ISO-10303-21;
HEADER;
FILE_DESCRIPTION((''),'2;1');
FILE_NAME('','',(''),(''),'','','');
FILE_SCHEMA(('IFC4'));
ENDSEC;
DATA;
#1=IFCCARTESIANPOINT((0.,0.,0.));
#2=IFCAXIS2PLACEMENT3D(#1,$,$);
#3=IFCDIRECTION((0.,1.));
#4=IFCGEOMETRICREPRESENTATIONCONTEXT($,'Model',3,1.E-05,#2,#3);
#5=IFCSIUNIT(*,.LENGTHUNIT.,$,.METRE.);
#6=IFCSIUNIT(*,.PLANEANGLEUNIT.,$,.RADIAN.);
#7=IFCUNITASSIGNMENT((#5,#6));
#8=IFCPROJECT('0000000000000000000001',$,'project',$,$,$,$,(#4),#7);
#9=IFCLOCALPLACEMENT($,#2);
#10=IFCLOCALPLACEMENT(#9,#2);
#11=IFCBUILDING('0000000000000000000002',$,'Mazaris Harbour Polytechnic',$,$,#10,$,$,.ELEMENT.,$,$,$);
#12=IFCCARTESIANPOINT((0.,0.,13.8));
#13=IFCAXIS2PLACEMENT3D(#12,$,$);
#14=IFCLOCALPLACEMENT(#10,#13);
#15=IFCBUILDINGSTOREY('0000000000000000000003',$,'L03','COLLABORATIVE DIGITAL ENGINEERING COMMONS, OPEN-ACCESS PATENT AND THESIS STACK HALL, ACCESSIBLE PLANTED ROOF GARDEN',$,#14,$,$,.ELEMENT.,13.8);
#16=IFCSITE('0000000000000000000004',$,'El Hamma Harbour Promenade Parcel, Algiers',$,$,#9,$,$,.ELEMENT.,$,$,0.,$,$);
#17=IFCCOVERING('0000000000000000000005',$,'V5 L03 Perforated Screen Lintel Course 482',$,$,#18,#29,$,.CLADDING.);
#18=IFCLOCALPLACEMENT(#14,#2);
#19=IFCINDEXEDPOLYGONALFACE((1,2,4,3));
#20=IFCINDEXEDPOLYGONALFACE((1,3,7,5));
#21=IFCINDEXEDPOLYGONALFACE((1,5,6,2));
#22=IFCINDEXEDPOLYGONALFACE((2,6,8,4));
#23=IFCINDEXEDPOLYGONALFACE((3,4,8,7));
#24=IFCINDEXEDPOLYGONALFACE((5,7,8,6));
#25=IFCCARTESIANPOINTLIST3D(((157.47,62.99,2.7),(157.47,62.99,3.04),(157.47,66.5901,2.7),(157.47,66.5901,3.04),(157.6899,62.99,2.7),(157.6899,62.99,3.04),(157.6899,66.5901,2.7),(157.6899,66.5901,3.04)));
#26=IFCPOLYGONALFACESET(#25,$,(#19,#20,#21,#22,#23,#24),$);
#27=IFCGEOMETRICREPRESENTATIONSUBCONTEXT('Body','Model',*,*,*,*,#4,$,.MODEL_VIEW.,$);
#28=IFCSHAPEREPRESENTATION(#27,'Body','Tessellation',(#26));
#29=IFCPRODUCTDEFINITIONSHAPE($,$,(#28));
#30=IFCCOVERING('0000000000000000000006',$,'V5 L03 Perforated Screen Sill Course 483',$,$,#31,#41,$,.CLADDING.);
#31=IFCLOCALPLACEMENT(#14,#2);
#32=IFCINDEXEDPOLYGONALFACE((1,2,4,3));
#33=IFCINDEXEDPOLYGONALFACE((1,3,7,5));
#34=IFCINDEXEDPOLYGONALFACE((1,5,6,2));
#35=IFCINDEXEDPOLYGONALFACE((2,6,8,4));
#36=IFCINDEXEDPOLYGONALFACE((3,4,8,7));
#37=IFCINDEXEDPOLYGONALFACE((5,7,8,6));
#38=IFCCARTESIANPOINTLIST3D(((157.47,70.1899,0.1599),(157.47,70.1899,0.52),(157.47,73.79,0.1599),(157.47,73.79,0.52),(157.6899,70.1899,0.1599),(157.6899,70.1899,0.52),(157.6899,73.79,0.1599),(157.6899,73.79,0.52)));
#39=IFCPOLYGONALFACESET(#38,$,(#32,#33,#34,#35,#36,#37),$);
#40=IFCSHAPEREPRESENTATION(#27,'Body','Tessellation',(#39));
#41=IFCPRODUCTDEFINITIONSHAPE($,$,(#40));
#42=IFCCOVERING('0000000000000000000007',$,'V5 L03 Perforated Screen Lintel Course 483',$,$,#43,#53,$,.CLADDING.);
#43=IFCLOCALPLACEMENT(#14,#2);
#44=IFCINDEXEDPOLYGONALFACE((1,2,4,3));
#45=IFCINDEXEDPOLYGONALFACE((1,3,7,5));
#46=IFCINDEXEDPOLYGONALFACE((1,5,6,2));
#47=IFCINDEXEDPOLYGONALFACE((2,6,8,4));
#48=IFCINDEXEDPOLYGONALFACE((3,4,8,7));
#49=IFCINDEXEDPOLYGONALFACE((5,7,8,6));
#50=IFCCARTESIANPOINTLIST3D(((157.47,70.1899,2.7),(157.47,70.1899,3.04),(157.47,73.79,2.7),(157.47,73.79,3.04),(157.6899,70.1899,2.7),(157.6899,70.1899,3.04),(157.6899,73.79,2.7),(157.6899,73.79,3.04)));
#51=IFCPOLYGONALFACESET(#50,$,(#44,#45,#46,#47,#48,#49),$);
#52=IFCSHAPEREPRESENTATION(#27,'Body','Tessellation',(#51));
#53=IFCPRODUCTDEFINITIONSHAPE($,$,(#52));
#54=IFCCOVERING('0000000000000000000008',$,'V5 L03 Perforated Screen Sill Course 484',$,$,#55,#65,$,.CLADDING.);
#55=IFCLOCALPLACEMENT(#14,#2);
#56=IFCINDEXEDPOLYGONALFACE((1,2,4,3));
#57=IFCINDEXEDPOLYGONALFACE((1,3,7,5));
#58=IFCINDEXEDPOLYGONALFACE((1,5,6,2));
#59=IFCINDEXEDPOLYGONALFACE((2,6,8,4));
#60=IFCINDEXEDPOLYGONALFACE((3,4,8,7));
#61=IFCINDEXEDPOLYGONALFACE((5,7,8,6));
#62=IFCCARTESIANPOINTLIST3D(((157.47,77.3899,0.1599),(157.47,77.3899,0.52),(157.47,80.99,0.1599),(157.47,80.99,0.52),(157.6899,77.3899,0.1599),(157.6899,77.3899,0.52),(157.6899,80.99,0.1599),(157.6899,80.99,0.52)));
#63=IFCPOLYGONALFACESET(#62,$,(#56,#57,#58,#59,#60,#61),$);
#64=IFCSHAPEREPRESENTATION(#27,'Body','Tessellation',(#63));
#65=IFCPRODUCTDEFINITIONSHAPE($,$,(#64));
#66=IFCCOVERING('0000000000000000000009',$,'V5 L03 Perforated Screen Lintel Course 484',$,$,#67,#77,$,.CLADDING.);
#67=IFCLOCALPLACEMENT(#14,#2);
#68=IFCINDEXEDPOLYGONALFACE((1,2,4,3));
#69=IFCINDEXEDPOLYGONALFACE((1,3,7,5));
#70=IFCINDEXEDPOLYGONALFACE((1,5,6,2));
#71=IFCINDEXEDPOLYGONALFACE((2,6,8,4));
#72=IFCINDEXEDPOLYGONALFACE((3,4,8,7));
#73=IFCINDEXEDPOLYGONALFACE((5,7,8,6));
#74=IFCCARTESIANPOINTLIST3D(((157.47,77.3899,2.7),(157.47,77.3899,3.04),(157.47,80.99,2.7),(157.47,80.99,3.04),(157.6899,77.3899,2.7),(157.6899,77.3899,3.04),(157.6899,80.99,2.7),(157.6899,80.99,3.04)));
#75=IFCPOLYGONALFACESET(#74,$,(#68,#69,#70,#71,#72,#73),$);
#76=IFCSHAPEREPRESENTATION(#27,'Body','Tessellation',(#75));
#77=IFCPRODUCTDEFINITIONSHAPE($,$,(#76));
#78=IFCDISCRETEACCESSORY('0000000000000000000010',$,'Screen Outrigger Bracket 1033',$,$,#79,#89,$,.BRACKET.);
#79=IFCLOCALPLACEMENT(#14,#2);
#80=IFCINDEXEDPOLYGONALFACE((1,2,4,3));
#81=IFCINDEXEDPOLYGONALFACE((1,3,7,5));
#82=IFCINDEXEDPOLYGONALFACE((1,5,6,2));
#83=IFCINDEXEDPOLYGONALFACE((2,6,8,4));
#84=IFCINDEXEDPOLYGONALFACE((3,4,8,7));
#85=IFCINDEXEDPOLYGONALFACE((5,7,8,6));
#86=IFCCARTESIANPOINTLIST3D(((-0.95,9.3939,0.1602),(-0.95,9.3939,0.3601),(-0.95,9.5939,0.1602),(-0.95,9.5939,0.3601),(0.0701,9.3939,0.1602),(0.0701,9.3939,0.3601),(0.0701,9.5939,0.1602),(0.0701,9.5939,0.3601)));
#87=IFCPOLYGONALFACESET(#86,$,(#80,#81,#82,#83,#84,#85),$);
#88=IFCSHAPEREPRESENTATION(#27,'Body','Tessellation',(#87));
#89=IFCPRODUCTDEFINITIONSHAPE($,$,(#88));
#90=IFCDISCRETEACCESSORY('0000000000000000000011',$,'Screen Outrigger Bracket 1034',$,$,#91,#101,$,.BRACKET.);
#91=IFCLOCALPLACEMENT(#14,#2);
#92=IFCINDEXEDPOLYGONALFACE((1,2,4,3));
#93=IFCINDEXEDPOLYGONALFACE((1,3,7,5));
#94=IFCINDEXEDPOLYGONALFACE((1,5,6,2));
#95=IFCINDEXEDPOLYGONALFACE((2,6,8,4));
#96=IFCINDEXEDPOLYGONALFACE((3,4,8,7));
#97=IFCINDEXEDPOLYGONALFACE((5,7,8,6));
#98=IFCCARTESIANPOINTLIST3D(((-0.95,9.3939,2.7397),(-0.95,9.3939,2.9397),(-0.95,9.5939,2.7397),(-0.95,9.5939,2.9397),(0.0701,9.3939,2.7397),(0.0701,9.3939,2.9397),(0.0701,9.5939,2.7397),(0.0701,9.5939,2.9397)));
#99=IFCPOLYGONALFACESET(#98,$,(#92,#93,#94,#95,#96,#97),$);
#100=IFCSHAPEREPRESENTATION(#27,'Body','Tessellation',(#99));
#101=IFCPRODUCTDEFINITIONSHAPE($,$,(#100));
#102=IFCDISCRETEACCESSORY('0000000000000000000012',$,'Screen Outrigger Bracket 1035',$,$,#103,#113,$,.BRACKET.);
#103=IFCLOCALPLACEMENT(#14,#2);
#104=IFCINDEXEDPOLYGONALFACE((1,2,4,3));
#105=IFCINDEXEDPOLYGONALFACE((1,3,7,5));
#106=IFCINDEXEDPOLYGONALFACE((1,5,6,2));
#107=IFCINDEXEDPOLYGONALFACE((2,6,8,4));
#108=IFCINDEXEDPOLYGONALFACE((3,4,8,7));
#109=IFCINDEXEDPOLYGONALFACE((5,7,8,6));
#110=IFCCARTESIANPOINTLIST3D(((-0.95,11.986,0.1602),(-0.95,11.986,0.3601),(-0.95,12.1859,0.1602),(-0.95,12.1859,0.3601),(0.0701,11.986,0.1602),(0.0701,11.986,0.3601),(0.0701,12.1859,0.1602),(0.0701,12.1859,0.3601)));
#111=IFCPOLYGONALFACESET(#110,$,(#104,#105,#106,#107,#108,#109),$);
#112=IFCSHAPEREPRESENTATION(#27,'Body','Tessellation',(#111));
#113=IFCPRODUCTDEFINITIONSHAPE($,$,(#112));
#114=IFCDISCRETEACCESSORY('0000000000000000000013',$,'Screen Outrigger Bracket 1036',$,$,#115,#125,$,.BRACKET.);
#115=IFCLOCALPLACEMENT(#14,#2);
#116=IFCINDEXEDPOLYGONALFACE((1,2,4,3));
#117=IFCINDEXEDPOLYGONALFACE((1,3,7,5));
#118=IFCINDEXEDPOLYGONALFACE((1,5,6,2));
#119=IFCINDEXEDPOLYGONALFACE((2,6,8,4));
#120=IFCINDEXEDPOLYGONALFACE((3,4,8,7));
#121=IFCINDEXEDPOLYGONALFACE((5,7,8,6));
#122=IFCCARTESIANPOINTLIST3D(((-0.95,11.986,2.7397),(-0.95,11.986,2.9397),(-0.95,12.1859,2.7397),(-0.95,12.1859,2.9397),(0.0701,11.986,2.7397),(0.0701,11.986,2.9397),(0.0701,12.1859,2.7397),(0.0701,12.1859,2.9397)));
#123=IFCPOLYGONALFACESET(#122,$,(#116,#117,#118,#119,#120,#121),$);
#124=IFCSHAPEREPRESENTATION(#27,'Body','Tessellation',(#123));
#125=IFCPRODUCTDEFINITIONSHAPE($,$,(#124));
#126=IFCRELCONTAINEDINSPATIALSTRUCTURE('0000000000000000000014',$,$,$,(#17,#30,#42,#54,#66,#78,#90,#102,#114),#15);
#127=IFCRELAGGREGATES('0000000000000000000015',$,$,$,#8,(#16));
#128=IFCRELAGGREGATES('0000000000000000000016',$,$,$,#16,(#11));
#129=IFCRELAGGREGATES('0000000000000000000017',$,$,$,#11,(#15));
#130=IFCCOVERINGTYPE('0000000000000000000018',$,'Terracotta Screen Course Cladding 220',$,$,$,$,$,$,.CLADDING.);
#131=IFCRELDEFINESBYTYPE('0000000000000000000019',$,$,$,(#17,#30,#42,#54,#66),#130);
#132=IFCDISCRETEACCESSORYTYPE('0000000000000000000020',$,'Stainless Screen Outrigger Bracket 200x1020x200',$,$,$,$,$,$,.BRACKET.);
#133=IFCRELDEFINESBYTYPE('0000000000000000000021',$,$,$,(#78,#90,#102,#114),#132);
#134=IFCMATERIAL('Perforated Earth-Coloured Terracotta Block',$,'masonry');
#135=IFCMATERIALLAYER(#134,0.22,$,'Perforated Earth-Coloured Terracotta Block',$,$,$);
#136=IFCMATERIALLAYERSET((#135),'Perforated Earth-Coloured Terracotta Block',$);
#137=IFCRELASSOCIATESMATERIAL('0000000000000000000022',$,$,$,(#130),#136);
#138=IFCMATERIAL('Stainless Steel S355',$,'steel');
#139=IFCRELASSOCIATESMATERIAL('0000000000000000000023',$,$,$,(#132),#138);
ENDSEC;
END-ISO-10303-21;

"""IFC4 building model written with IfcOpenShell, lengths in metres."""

from ifc_helpers import new_model, si_unit, direction, frame, origin, origin_2d, place, context, subcontext, project, spatial, polyline, rectangle, outline, extrude, material, layer, layer_set, type_object, element, save


model = new_model("IFC4")

# Units and contexts
model_context = context("Model", 3, precision=1e-05, world=origin(), true_north=direction((0.0, 1.0)))
body_context = subcontext(model_context, "Body", "Model", "MODEL_VIEW")
ifc_project = project(units=[si_unit("LENGTHUNIT", "METRE"), si_unit("PLANEANGLEUNIT", "RADIAN")], contexts=[model_context])

# Site, building, storey
site_placement = place(None, origin())
site = spatial("IfcSite", under=ifc_project, at=site_placement, Name="El Hamma Harbour Promenade Parcel, Algiers", CompositionType="ELEMENT", RefElevation=0.0)
building_placement = place(site_placement, origin())
building = spatial("IfcBuilding", under=site, at=building_placement, Name="Mazaris Harbour Polytechnic", CompositionType="ELEMENT")
storey_placement = place(building_placement, frame((0.0, 0.0, 13.8)))
storey = spatial("IfcBuildingStorey", under=building, at=storey_placement, Name="L03", Description="COLLABORATIVE DIGITAL ENGINEERING COMMONS, OPEN-ACCESS PATENT AND THESIS STACK HALL, ACCESSIBLE PLANTED ROOF GARDEN", CompositionType="ELEMENT", Elevation=13.8)

# Coverings
ifc_material_1 = material(Name="Perforated Earth-Coloured Terracotta Block", Category="masonry")
ifc_layer_1 = layer(ifc_material_1, 0.22, Name="Perforated Earth-Coloured Terracotta Block")
ifc_layer_set_1 = layer_set([ifc_layer_1], Name="Perforated Earth-Coloured Terracotta Block")
covering_type_1 = type_object("IfcCoveringType", Name="Terracotta Screen Course Cladding 220", PredefinedType="CLADDING", material=ifc_layer_set_1)
covering_1_placement = place(storey_placement, frame((0.0, 0.0, 2.7)))
element("IfcCovering", 1, at=covering_1_placement, inside=storey, type_object=covering_type_1, Name="V5 L03 Perforated Screen Lintel Course 482", PredefinedType="CLADDING", context=body_context, shape_type="SweptSolid", body=[
    extrude(outline(polyline([(157.6899, 66.5901), (157.6899, 62.99), (157.47, 62.99), (157.47, 66.5901), (157.6899, 66.5901)])), origin(), (0.0, 0.0, 1.0), 0.3401),
])
covering_2_placement = place(storey_placement, frame((0.0, 0.0, 0.1599)))
element("IfcCovering", 2, at=covering_2_placement, inside=storey, type_object=covering_type_1, Name="V5 L03 Perforated Screen Sill Course 483", PredefinedType="CLADDING", context=body_context, shape_type="SweptSolid", body=[
    extrude(outline(polyline([(157.6899, 73.79), (157.6899, 70.1899), (157.47, 70.1899), (157.47, 73.79), (157.6899, 73.79)])), origin(), (0.0, 0.0, 1.0), 0.3601),
])
covering_3_placement = place(storey_placement, frame((0.0, 0.0, 2.7)))
element("IfcCovering", 3, at=covering_3_placement, inside=storey, type_object=covering_type_1, Name="V5 L03 Perforated Screen Lintel Course 483", PredefinedType="CLADDING", context=body_context, shape_type="SweptSolid", body=[
    extrude(outline(polyline([(157.6899, 73.79), (157.6899, 70.1899), (157.47, 70.1899), (157.47, 73.79), (157.6899, 73.79)])), origin(), (0.0, 0.0, 1.0), 0.3401),
])
covering_4_placement = place(storey_placement, frame((0.0, 0.0, 0.1599)))
element("IfcCovering", 4, at=covering_4_placement, inside=storey, type_object=covering_type_1, Name="V5 L03 Perforated Screen Sill Course 484", PredefinedType="CLADDING", context=body_context, shape_type="SweptSolid", body=[
    extrude(outline(polyline([(157.6899, 80.99), (157.6899, 77.3899), (157.47, 77.3899), (157.47, 80.99), (157.6899, 80.99)])), origin(), (0.0, 0.0, 1.0), 0.3601),
])
covering_5_placement = place(storey_placement, frame((0.0, 0.0, 2.7)))
element("IfcCovering", 5, at=covering_5_placement, inside=storey, type_object=covering_type_1, Name="V5 L03 Perforated Screen Lintel Course 484", PredefinedType="CLADDING", context=body_context, shape_type="SweptSolid", body=[
    extrude(outline(polyline([(157.6899, 80.99), (157.6899, 77.3899), (157.47, 77.3899), (157.47, 80.99), (157.6899, 80.99)])), origin(), (0.0, 0.0, 1.0), 0.3401),
])

# Discrete accessories
ifc_material_2 = material(Name="Stainless Steel S355", Category="steel")
discrete_accessory_type = type_object("IfcDiscreteAccessoryType", Name="Stainless Screen Outrigger Bracket 200x1020x200", PredefinedType="BRACKET", material=ifc_material_2)
for number, where, z_axis, x_axis, name in (
    (6, (-0.4399, 9.4939, 0.1602), (0.0, 0.0, 1.0), (0.0, 1.0, 0.0), "Screen Outrigger Bracket 1033"),
    (7, (-0.4399, 9.4939, 2.7397), (0.0, 0.0, 1.0), (0.0, 1.0, 0.0), "Screen Outrigger Bracket 1034"),
    (8, (-0.4399, 12.0859, 0.1602), (0.0, 0.0, 1.0), (0.0, 1.0, 0.0), "Screen Outrigger Bracket 1035"),
    (9, (-0.4399, 12.0859, 2.7397), (0.0, 0.0, 1.0), (0.0, 1.0, 0.0), "Screen Outrigger Bracket 1036"),
):
    element("IfcDiscreteAccessory", number, at=place(storey_placement, frame(where, z_axis=z_axis, x_axis=x_axis)), inside=storey, type_object=discrete_accessory_type, Name=name, PredefinedType="BRACKET", context=body_context, shape_type="SweptSolid", body=[
        extrude(rectangle(XDim=0.2, YDim=1.02, at=origin_2d()), origin(), (0.0, 0.0, 1.0), 0.2),
    ])

save(model, "model.ifc")
